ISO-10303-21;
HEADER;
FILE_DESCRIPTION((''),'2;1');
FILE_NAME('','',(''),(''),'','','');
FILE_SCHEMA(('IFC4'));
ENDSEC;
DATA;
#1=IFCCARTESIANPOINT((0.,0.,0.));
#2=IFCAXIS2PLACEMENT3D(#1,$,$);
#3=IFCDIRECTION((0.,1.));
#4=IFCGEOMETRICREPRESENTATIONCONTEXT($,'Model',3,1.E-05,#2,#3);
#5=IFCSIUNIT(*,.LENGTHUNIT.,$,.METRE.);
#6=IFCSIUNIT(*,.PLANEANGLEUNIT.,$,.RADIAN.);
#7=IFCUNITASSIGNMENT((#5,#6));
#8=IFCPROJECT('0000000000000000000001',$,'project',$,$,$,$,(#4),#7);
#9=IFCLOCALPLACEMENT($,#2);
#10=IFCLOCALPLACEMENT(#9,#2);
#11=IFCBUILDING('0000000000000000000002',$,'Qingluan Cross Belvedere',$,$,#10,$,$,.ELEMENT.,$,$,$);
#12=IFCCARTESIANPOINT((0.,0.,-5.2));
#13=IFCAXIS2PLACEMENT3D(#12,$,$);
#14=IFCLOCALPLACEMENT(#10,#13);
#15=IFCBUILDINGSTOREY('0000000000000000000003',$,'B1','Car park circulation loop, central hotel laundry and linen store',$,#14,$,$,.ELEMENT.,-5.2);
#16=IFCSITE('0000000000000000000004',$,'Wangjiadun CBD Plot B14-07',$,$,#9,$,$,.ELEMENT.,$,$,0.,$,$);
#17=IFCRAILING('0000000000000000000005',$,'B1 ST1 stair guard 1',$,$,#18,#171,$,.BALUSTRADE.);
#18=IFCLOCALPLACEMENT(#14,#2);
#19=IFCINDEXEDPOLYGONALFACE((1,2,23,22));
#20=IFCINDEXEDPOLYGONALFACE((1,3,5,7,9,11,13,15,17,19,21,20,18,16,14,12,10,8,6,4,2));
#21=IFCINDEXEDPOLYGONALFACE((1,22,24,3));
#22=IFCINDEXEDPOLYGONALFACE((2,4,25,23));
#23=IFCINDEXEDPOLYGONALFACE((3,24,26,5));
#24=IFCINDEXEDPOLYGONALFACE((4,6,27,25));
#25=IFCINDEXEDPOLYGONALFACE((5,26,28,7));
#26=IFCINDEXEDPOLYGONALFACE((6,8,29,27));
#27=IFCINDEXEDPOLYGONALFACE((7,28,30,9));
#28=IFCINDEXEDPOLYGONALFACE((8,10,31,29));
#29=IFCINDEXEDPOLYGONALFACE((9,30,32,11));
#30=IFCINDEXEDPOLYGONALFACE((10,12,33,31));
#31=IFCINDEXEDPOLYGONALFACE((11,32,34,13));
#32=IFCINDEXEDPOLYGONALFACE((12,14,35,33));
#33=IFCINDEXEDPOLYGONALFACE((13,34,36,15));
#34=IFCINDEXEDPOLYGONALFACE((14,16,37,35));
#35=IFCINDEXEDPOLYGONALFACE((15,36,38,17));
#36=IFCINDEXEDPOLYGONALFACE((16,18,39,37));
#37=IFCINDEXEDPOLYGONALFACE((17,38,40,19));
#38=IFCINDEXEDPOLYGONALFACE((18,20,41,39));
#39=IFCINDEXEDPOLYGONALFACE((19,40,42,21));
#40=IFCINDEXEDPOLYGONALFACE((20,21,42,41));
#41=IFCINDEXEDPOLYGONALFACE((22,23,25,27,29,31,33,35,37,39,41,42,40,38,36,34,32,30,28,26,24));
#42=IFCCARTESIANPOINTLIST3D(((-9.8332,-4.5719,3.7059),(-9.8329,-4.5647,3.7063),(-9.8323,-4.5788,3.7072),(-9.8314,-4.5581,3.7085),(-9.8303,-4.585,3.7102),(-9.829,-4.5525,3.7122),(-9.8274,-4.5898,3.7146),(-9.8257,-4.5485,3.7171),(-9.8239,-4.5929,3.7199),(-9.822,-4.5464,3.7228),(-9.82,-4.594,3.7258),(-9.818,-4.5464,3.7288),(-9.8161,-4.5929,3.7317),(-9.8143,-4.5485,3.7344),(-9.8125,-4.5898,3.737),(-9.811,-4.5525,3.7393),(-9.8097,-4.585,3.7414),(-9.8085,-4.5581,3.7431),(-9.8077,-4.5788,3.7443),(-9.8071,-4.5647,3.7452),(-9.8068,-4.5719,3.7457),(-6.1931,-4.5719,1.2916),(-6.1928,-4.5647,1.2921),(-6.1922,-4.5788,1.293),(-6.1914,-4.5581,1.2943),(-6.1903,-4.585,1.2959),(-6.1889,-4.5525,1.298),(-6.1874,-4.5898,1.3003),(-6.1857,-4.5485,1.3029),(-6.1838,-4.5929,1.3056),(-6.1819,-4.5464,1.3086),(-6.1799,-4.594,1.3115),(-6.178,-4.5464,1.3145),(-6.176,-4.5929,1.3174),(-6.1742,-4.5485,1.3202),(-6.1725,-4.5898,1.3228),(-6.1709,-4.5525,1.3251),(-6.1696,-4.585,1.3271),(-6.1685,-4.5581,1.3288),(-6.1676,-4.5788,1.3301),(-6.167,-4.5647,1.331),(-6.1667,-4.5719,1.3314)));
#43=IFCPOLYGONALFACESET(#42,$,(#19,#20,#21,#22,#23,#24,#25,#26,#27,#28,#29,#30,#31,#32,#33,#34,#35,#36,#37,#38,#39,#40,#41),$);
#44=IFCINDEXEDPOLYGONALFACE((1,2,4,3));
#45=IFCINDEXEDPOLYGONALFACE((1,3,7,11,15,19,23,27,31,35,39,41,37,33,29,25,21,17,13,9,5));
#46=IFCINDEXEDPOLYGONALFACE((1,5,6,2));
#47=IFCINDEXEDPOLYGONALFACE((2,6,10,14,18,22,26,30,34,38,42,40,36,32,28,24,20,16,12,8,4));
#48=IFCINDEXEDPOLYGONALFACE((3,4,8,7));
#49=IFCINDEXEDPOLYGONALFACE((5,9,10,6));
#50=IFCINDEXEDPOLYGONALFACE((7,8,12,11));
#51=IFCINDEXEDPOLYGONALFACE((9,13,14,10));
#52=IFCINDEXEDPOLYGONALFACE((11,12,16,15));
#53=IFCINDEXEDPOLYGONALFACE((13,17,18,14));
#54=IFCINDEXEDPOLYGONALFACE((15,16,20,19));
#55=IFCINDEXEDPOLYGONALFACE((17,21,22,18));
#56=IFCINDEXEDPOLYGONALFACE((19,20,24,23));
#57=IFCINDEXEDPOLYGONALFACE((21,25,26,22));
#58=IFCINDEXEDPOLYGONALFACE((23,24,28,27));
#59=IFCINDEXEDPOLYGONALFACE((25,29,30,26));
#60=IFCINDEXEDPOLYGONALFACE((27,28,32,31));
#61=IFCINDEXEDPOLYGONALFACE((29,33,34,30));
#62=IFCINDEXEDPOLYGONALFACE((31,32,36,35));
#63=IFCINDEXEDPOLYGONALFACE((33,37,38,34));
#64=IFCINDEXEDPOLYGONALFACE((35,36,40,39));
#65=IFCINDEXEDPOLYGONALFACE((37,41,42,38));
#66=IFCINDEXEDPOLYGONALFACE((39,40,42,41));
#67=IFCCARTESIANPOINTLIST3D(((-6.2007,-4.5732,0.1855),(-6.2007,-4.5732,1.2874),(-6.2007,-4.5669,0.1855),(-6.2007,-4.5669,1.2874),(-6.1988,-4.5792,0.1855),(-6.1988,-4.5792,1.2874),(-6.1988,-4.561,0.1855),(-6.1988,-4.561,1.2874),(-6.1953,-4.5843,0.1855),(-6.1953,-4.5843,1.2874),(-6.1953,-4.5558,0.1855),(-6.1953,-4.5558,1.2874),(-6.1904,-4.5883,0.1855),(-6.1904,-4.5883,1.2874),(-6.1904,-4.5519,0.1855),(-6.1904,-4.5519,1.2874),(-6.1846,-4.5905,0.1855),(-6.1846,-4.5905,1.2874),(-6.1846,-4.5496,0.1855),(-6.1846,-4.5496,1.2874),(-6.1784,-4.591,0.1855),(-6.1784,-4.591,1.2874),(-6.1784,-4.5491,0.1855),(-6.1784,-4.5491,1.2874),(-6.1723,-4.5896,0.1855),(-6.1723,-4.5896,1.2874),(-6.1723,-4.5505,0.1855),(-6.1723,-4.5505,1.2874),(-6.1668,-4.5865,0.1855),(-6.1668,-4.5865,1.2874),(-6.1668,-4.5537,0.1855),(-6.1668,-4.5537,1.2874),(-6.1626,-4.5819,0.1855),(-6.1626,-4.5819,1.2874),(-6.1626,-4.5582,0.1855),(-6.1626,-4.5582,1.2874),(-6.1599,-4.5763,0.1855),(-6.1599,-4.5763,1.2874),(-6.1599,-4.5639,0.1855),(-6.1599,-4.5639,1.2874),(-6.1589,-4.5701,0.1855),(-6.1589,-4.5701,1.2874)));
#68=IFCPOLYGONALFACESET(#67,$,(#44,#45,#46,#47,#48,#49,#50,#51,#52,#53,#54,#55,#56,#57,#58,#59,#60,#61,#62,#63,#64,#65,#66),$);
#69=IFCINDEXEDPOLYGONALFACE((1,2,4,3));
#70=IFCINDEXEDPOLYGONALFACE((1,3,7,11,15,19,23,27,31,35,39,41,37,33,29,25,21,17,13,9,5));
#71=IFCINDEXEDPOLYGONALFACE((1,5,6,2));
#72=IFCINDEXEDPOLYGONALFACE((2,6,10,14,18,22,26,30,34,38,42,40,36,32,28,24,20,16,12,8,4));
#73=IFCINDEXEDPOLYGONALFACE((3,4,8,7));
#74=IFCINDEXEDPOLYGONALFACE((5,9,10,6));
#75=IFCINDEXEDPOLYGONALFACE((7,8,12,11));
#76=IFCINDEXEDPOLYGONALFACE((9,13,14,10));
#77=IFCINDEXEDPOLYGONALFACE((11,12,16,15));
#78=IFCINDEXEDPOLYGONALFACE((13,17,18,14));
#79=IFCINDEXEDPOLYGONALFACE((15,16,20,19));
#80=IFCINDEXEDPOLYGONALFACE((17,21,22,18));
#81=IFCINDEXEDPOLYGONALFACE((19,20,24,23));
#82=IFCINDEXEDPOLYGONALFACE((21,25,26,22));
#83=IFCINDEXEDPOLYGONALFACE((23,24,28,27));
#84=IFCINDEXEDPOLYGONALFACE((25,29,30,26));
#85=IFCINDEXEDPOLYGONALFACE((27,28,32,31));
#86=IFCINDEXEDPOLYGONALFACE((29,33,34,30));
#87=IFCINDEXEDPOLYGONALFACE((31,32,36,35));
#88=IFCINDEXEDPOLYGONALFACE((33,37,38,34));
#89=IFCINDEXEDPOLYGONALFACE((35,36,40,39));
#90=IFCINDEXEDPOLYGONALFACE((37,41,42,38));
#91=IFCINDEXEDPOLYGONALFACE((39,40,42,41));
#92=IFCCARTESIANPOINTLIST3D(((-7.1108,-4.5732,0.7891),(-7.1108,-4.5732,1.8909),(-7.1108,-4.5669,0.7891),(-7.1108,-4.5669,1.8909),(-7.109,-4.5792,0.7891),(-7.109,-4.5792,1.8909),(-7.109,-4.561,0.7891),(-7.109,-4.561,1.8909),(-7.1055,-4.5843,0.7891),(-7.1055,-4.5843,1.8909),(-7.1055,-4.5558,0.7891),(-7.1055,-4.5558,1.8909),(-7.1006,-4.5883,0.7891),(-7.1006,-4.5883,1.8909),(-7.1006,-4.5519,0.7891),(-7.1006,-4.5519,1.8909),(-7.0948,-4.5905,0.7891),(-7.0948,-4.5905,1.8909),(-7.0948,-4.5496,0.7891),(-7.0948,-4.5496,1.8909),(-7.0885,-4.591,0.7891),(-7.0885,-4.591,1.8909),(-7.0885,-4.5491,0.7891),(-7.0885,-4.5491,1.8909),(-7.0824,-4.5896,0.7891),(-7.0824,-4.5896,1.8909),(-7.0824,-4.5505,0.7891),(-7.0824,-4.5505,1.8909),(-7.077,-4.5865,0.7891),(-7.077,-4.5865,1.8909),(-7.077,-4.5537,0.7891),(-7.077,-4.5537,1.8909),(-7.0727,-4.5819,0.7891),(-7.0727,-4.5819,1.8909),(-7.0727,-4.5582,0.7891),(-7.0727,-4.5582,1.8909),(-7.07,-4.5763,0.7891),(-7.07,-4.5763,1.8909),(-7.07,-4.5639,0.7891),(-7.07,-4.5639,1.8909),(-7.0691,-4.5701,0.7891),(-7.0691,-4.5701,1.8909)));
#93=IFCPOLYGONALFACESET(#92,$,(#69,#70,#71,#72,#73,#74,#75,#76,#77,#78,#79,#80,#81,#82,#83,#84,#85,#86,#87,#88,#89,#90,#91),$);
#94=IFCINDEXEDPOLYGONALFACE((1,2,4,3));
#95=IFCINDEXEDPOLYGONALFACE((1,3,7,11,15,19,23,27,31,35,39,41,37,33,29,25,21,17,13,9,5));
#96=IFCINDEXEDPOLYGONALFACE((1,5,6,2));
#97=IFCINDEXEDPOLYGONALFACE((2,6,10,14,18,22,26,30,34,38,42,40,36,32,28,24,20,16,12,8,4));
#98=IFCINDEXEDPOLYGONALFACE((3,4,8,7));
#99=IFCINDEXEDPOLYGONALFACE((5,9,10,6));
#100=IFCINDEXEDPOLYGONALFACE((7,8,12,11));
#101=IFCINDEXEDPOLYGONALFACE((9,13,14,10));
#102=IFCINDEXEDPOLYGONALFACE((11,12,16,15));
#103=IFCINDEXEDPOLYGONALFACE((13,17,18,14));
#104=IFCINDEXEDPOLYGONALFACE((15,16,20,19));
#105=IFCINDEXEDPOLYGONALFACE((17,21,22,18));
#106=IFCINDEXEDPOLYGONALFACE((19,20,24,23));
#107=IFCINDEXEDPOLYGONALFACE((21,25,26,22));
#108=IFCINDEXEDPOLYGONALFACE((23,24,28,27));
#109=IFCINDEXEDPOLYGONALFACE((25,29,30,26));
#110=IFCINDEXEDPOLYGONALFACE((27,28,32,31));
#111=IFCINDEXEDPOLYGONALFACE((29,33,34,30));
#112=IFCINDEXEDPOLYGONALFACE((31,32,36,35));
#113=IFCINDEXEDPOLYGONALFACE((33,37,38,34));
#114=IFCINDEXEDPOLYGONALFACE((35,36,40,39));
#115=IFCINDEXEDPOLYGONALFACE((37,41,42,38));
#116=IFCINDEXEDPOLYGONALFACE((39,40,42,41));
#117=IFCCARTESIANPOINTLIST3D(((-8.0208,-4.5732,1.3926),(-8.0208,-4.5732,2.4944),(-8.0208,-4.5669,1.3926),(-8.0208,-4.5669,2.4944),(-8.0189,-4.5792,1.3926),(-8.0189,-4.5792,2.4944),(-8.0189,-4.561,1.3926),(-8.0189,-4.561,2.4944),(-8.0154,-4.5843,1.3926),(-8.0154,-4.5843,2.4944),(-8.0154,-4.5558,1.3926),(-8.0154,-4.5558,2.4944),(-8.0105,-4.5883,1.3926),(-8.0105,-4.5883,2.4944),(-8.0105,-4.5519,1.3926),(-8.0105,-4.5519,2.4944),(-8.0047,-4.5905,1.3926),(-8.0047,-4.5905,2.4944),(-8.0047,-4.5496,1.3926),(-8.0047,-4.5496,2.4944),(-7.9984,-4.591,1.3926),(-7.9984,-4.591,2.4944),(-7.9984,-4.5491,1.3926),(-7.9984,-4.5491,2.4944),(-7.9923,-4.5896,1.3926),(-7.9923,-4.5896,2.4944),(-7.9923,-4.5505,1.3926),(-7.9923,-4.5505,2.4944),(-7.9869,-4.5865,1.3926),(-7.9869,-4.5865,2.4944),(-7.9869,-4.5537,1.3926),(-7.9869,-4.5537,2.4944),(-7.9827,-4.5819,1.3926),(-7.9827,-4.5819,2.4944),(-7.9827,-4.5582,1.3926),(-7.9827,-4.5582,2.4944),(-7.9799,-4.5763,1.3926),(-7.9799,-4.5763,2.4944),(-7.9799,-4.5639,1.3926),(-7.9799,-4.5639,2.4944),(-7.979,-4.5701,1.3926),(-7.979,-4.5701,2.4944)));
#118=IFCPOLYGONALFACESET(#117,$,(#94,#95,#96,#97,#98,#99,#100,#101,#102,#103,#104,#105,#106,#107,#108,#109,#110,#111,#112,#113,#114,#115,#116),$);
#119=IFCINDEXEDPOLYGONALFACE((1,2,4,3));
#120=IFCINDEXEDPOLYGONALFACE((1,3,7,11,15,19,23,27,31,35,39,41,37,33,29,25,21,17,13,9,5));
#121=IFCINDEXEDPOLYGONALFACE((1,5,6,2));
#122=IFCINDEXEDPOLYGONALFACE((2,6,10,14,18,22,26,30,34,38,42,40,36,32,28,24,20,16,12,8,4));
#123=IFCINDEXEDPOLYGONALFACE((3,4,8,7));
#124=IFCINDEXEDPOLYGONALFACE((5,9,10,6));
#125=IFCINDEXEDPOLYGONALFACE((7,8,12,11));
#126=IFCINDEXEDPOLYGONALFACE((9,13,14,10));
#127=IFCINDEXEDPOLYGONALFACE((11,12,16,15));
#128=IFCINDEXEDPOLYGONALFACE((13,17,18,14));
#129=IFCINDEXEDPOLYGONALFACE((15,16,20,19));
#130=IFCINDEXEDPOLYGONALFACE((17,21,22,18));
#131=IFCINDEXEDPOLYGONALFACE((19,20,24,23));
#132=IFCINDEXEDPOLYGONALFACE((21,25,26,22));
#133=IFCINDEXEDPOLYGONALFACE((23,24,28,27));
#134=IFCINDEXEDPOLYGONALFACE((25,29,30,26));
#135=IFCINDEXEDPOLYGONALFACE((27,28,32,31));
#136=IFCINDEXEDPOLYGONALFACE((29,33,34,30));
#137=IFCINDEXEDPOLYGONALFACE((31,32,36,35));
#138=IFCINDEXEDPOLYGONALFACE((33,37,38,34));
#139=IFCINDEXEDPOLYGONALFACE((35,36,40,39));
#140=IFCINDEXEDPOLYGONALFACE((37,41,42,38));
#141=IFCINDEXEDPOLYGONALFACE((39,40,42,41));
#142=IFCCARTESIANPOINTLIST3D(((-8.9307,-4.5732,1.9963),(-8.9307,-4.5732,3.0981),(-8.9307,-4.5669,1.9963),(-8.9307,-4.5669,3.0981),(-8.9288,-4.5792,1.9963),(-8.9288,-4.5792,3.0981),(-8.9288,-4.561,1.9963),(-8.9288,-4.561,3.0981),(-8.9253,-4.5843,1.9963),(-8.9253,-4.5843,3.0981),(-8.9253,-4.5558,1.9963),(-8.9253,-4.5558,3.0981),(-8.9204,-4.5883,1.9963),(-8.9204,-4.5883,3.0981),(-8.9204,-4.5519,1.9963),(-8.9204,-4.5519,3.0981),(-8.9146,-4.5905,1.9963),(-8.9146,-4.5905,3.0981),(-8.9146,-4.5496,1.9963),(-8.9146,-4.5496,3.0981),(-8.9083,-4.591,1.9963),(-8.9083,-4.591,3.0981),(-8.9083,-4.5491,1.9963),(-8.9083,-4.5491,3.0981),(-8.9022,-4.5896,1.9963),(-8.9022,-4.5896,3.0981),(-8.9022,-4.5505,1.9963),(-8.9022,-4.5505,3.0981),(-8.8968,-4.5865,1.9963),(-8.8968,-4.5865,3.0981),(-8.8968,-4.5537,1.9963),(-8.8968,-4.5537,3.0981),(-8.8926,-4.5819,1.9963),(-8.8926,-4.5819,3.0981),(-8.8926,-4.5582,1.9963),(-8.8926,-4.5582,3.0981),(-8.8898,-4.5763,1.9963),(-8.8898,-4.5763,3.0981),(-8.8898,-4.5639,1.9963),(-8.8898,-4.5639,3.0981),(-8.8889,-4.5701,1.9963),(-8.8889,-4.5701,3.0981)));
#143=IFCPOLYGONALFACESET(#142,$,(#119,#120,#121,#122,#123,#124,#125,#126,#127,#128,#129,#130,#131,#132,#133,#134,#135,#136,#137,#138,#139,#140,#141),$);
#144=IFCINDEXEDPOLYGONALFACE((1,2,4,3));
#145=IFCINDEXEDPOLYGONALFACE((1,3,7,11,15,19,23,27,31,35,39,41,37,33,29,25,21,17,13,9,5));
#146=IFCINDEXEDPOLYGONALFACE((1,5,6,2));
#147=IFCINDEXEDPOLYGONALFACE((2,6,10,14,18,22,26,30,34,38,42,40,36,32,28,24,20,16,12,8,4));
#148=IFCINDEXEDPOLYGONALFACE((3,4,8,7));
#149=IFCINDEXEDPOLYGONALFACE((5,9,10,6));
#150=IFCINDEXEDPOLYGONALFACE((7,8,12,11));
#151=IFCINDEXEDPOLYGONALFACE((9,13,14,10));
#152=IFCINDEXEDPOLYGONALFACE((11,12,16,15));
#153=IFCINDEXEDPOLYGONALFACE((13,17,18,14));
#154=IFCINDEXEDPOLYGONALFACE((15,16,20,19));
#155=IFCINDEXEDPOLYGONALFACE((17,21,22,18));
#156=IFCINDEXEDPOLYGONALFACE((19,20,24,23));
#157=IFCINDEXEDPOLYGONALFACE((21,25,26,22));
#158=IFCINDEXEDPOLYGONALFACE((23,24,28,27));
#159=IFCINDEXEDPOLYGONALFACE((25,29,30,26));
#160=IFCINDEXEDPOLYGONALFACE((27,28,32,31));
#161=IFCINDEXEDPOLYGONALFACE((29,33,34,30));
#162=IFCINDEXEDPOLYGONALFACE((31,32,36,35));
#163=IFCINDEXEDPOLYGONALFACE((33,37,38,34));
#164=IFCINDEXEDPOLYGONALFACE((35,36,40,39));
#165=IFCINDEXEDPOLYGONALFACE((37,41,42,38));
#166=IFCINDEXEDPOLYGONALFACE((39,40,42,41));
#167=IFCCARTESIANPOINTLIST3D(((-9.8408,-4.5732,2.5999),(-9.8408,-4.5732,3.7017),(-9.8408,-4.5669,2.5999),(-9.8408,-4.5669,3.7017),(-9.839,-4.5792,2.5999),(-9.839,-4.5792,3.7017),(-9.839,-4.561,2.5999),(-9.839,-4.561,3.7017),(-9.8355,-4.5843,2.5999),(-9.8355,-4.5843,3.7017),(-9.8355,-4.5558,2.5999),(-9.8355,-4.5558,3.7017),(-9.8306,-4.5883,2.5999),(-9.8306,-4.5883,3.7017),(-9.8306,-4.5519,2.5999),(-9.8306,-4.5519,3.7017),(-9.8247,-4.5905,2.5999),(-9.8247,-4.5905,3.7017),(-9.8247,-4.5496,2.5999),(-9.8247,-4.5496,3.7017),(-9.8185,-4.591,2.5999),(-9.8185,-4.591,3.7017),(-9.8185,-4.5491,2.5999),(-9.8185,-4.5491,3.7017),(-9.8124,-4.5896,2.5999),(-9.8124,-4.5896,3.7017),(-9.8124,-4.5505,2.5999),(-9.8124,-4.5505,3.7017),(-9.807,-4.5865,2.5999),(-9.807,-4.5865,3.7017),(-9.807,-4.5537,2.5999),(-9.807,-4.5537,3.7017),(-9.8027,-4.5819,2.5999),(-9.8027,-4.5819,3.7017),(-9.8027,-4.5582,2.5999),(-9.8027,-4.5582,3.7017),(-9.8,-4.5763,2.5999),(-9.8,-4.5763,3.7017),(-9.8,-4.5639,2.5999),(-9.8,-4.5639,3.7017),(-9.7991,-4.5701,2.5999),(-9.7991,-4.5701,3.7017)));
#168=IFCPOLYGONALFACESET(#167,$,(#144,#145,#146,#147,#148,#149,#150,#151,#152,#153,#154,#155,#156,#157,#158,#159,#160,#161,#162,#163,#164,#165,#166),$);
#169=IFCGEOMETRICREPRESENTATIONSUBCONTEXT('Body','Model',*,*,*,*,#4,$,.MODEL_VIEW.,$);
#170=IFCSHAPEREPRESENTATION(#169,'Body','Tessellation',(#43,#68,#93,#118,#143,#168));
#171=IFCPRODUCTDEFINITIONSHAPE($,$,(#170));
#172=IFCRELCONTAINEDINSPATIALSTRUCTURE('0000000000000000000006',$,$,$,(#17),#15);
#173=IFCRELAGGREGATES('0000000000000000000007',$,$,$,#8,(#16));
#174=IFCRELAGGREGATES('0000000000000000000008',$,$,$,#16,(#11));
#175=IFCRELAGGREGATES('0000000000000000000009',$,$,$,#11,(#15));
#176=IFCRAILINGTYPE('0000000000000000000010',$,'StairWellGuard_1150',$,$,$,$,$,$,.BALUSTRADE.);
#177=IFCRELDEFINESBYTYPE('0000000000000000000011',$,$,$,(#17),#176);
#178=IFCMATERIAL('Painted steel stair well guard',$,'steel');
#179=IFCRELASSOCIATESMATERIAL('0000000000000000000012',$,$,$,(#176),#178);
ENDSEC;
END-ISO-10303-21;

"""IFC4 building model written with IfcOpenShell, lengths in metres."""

from ifc_helpers import new_model, si_unit, direction, frame, origin, origin_2d, place, context, subcontext, project, spatial, circle, extrude, material, type_object, element, save


model = new_model("IFC4")

# Units and contexts
model_context = context("Model", 3, precision=1e-05, world=origin(), true_north=direction((0.0, 1.0)))
body_context = subcontext(model_context, "Body", "Model", "MODEL_VIEW")
ifc_project = project(units=[si_unit("LENGTHUNIT", "METRE"), si_unit("PLANEANGLEUNIT", "RADIAN")], contexts=[model_context])

# Site, building, storey
site_placement = place(None, origin())
site = spatial("IfcSite", under=ifc_project, at=site_placement, Name="Wangjiadun CBD Plot B14-07", CompositionType="ELEMENT", RefElevation=0.0)
building_placement = place(site_placement, origin())
building = spatial("IfcBuilding", under=site, at=building_placement, Name="Qingluan Cross Belvedere", CompositionType="ELEMENT")
storey_placement = place(building_placement, frame((0.0, 0.0, -5.2)))
storey = spatial("IfcBuildingStorey", under=building, at=storey_placement, Name="B1", Description="Car park circulation loop, central hotel laundry and linen store", CompositionType="ELEMENT", Elevation=-5.2)

# Railing
ifc_material_1 = material(Name="Painted steel stair well guard", Category="steel")
railing_type_1 = type_object("IfcRailingType", Name="StairWellGuard_1150", PredefinedType="BALUSTRADE", material=ifc_material_1)
railing_1_placement = place(storey_placement, frame((-6.1799, -4.5701, 0.1855)))
element("IfcRailing", 1, at=railing_1_placement, inside=storey, type_object=railing_type_1, Name="B1 ST1 stair guard 1", PredefinedType="BALUSTRADE", context=body_context, shape_type="SweptSolid", body=[
    extrude(circle(Radius=0.0239, at=origin_2d()), frame((0.0, 0.0, 1.126), z_axis=(-0.833364, 0.0, 0.552725), x_axis=(0.0, -1.0, 0.0)), (0.0, 0.0, 1.0), 4.3679),
    extrude(circle(Radius=0.021, at=origin_2d()), origin(), (0.0, 0.0, 1.0), 1.1018),
    extrude(circle(Radius=0.021, at=origin_2d()), frame((-0.9102, 0.0, 0.6035)), (0.0, 0.0, 1.0), 1.1018),
    extrude(circle(Radius=0.021, at=origin_2d()), frame((-1.8201, 0.0, 1.207)), (0.0, 0.0, 1.0), 1.1018),
    extrude(circle(Radius=0.021, at=origin_2d()), frame((-2.73, 0.0, 1.8108)), (0.0, 0.0, 1.0), 1.1018),
    extrude(circle(Radius=0.021, at=origin_2d()), frame((-3.6401, 0.0, 2.4143)), (0.0, 0.0, 1.0), 1.1018),
])

save(model, "model.ifc")
